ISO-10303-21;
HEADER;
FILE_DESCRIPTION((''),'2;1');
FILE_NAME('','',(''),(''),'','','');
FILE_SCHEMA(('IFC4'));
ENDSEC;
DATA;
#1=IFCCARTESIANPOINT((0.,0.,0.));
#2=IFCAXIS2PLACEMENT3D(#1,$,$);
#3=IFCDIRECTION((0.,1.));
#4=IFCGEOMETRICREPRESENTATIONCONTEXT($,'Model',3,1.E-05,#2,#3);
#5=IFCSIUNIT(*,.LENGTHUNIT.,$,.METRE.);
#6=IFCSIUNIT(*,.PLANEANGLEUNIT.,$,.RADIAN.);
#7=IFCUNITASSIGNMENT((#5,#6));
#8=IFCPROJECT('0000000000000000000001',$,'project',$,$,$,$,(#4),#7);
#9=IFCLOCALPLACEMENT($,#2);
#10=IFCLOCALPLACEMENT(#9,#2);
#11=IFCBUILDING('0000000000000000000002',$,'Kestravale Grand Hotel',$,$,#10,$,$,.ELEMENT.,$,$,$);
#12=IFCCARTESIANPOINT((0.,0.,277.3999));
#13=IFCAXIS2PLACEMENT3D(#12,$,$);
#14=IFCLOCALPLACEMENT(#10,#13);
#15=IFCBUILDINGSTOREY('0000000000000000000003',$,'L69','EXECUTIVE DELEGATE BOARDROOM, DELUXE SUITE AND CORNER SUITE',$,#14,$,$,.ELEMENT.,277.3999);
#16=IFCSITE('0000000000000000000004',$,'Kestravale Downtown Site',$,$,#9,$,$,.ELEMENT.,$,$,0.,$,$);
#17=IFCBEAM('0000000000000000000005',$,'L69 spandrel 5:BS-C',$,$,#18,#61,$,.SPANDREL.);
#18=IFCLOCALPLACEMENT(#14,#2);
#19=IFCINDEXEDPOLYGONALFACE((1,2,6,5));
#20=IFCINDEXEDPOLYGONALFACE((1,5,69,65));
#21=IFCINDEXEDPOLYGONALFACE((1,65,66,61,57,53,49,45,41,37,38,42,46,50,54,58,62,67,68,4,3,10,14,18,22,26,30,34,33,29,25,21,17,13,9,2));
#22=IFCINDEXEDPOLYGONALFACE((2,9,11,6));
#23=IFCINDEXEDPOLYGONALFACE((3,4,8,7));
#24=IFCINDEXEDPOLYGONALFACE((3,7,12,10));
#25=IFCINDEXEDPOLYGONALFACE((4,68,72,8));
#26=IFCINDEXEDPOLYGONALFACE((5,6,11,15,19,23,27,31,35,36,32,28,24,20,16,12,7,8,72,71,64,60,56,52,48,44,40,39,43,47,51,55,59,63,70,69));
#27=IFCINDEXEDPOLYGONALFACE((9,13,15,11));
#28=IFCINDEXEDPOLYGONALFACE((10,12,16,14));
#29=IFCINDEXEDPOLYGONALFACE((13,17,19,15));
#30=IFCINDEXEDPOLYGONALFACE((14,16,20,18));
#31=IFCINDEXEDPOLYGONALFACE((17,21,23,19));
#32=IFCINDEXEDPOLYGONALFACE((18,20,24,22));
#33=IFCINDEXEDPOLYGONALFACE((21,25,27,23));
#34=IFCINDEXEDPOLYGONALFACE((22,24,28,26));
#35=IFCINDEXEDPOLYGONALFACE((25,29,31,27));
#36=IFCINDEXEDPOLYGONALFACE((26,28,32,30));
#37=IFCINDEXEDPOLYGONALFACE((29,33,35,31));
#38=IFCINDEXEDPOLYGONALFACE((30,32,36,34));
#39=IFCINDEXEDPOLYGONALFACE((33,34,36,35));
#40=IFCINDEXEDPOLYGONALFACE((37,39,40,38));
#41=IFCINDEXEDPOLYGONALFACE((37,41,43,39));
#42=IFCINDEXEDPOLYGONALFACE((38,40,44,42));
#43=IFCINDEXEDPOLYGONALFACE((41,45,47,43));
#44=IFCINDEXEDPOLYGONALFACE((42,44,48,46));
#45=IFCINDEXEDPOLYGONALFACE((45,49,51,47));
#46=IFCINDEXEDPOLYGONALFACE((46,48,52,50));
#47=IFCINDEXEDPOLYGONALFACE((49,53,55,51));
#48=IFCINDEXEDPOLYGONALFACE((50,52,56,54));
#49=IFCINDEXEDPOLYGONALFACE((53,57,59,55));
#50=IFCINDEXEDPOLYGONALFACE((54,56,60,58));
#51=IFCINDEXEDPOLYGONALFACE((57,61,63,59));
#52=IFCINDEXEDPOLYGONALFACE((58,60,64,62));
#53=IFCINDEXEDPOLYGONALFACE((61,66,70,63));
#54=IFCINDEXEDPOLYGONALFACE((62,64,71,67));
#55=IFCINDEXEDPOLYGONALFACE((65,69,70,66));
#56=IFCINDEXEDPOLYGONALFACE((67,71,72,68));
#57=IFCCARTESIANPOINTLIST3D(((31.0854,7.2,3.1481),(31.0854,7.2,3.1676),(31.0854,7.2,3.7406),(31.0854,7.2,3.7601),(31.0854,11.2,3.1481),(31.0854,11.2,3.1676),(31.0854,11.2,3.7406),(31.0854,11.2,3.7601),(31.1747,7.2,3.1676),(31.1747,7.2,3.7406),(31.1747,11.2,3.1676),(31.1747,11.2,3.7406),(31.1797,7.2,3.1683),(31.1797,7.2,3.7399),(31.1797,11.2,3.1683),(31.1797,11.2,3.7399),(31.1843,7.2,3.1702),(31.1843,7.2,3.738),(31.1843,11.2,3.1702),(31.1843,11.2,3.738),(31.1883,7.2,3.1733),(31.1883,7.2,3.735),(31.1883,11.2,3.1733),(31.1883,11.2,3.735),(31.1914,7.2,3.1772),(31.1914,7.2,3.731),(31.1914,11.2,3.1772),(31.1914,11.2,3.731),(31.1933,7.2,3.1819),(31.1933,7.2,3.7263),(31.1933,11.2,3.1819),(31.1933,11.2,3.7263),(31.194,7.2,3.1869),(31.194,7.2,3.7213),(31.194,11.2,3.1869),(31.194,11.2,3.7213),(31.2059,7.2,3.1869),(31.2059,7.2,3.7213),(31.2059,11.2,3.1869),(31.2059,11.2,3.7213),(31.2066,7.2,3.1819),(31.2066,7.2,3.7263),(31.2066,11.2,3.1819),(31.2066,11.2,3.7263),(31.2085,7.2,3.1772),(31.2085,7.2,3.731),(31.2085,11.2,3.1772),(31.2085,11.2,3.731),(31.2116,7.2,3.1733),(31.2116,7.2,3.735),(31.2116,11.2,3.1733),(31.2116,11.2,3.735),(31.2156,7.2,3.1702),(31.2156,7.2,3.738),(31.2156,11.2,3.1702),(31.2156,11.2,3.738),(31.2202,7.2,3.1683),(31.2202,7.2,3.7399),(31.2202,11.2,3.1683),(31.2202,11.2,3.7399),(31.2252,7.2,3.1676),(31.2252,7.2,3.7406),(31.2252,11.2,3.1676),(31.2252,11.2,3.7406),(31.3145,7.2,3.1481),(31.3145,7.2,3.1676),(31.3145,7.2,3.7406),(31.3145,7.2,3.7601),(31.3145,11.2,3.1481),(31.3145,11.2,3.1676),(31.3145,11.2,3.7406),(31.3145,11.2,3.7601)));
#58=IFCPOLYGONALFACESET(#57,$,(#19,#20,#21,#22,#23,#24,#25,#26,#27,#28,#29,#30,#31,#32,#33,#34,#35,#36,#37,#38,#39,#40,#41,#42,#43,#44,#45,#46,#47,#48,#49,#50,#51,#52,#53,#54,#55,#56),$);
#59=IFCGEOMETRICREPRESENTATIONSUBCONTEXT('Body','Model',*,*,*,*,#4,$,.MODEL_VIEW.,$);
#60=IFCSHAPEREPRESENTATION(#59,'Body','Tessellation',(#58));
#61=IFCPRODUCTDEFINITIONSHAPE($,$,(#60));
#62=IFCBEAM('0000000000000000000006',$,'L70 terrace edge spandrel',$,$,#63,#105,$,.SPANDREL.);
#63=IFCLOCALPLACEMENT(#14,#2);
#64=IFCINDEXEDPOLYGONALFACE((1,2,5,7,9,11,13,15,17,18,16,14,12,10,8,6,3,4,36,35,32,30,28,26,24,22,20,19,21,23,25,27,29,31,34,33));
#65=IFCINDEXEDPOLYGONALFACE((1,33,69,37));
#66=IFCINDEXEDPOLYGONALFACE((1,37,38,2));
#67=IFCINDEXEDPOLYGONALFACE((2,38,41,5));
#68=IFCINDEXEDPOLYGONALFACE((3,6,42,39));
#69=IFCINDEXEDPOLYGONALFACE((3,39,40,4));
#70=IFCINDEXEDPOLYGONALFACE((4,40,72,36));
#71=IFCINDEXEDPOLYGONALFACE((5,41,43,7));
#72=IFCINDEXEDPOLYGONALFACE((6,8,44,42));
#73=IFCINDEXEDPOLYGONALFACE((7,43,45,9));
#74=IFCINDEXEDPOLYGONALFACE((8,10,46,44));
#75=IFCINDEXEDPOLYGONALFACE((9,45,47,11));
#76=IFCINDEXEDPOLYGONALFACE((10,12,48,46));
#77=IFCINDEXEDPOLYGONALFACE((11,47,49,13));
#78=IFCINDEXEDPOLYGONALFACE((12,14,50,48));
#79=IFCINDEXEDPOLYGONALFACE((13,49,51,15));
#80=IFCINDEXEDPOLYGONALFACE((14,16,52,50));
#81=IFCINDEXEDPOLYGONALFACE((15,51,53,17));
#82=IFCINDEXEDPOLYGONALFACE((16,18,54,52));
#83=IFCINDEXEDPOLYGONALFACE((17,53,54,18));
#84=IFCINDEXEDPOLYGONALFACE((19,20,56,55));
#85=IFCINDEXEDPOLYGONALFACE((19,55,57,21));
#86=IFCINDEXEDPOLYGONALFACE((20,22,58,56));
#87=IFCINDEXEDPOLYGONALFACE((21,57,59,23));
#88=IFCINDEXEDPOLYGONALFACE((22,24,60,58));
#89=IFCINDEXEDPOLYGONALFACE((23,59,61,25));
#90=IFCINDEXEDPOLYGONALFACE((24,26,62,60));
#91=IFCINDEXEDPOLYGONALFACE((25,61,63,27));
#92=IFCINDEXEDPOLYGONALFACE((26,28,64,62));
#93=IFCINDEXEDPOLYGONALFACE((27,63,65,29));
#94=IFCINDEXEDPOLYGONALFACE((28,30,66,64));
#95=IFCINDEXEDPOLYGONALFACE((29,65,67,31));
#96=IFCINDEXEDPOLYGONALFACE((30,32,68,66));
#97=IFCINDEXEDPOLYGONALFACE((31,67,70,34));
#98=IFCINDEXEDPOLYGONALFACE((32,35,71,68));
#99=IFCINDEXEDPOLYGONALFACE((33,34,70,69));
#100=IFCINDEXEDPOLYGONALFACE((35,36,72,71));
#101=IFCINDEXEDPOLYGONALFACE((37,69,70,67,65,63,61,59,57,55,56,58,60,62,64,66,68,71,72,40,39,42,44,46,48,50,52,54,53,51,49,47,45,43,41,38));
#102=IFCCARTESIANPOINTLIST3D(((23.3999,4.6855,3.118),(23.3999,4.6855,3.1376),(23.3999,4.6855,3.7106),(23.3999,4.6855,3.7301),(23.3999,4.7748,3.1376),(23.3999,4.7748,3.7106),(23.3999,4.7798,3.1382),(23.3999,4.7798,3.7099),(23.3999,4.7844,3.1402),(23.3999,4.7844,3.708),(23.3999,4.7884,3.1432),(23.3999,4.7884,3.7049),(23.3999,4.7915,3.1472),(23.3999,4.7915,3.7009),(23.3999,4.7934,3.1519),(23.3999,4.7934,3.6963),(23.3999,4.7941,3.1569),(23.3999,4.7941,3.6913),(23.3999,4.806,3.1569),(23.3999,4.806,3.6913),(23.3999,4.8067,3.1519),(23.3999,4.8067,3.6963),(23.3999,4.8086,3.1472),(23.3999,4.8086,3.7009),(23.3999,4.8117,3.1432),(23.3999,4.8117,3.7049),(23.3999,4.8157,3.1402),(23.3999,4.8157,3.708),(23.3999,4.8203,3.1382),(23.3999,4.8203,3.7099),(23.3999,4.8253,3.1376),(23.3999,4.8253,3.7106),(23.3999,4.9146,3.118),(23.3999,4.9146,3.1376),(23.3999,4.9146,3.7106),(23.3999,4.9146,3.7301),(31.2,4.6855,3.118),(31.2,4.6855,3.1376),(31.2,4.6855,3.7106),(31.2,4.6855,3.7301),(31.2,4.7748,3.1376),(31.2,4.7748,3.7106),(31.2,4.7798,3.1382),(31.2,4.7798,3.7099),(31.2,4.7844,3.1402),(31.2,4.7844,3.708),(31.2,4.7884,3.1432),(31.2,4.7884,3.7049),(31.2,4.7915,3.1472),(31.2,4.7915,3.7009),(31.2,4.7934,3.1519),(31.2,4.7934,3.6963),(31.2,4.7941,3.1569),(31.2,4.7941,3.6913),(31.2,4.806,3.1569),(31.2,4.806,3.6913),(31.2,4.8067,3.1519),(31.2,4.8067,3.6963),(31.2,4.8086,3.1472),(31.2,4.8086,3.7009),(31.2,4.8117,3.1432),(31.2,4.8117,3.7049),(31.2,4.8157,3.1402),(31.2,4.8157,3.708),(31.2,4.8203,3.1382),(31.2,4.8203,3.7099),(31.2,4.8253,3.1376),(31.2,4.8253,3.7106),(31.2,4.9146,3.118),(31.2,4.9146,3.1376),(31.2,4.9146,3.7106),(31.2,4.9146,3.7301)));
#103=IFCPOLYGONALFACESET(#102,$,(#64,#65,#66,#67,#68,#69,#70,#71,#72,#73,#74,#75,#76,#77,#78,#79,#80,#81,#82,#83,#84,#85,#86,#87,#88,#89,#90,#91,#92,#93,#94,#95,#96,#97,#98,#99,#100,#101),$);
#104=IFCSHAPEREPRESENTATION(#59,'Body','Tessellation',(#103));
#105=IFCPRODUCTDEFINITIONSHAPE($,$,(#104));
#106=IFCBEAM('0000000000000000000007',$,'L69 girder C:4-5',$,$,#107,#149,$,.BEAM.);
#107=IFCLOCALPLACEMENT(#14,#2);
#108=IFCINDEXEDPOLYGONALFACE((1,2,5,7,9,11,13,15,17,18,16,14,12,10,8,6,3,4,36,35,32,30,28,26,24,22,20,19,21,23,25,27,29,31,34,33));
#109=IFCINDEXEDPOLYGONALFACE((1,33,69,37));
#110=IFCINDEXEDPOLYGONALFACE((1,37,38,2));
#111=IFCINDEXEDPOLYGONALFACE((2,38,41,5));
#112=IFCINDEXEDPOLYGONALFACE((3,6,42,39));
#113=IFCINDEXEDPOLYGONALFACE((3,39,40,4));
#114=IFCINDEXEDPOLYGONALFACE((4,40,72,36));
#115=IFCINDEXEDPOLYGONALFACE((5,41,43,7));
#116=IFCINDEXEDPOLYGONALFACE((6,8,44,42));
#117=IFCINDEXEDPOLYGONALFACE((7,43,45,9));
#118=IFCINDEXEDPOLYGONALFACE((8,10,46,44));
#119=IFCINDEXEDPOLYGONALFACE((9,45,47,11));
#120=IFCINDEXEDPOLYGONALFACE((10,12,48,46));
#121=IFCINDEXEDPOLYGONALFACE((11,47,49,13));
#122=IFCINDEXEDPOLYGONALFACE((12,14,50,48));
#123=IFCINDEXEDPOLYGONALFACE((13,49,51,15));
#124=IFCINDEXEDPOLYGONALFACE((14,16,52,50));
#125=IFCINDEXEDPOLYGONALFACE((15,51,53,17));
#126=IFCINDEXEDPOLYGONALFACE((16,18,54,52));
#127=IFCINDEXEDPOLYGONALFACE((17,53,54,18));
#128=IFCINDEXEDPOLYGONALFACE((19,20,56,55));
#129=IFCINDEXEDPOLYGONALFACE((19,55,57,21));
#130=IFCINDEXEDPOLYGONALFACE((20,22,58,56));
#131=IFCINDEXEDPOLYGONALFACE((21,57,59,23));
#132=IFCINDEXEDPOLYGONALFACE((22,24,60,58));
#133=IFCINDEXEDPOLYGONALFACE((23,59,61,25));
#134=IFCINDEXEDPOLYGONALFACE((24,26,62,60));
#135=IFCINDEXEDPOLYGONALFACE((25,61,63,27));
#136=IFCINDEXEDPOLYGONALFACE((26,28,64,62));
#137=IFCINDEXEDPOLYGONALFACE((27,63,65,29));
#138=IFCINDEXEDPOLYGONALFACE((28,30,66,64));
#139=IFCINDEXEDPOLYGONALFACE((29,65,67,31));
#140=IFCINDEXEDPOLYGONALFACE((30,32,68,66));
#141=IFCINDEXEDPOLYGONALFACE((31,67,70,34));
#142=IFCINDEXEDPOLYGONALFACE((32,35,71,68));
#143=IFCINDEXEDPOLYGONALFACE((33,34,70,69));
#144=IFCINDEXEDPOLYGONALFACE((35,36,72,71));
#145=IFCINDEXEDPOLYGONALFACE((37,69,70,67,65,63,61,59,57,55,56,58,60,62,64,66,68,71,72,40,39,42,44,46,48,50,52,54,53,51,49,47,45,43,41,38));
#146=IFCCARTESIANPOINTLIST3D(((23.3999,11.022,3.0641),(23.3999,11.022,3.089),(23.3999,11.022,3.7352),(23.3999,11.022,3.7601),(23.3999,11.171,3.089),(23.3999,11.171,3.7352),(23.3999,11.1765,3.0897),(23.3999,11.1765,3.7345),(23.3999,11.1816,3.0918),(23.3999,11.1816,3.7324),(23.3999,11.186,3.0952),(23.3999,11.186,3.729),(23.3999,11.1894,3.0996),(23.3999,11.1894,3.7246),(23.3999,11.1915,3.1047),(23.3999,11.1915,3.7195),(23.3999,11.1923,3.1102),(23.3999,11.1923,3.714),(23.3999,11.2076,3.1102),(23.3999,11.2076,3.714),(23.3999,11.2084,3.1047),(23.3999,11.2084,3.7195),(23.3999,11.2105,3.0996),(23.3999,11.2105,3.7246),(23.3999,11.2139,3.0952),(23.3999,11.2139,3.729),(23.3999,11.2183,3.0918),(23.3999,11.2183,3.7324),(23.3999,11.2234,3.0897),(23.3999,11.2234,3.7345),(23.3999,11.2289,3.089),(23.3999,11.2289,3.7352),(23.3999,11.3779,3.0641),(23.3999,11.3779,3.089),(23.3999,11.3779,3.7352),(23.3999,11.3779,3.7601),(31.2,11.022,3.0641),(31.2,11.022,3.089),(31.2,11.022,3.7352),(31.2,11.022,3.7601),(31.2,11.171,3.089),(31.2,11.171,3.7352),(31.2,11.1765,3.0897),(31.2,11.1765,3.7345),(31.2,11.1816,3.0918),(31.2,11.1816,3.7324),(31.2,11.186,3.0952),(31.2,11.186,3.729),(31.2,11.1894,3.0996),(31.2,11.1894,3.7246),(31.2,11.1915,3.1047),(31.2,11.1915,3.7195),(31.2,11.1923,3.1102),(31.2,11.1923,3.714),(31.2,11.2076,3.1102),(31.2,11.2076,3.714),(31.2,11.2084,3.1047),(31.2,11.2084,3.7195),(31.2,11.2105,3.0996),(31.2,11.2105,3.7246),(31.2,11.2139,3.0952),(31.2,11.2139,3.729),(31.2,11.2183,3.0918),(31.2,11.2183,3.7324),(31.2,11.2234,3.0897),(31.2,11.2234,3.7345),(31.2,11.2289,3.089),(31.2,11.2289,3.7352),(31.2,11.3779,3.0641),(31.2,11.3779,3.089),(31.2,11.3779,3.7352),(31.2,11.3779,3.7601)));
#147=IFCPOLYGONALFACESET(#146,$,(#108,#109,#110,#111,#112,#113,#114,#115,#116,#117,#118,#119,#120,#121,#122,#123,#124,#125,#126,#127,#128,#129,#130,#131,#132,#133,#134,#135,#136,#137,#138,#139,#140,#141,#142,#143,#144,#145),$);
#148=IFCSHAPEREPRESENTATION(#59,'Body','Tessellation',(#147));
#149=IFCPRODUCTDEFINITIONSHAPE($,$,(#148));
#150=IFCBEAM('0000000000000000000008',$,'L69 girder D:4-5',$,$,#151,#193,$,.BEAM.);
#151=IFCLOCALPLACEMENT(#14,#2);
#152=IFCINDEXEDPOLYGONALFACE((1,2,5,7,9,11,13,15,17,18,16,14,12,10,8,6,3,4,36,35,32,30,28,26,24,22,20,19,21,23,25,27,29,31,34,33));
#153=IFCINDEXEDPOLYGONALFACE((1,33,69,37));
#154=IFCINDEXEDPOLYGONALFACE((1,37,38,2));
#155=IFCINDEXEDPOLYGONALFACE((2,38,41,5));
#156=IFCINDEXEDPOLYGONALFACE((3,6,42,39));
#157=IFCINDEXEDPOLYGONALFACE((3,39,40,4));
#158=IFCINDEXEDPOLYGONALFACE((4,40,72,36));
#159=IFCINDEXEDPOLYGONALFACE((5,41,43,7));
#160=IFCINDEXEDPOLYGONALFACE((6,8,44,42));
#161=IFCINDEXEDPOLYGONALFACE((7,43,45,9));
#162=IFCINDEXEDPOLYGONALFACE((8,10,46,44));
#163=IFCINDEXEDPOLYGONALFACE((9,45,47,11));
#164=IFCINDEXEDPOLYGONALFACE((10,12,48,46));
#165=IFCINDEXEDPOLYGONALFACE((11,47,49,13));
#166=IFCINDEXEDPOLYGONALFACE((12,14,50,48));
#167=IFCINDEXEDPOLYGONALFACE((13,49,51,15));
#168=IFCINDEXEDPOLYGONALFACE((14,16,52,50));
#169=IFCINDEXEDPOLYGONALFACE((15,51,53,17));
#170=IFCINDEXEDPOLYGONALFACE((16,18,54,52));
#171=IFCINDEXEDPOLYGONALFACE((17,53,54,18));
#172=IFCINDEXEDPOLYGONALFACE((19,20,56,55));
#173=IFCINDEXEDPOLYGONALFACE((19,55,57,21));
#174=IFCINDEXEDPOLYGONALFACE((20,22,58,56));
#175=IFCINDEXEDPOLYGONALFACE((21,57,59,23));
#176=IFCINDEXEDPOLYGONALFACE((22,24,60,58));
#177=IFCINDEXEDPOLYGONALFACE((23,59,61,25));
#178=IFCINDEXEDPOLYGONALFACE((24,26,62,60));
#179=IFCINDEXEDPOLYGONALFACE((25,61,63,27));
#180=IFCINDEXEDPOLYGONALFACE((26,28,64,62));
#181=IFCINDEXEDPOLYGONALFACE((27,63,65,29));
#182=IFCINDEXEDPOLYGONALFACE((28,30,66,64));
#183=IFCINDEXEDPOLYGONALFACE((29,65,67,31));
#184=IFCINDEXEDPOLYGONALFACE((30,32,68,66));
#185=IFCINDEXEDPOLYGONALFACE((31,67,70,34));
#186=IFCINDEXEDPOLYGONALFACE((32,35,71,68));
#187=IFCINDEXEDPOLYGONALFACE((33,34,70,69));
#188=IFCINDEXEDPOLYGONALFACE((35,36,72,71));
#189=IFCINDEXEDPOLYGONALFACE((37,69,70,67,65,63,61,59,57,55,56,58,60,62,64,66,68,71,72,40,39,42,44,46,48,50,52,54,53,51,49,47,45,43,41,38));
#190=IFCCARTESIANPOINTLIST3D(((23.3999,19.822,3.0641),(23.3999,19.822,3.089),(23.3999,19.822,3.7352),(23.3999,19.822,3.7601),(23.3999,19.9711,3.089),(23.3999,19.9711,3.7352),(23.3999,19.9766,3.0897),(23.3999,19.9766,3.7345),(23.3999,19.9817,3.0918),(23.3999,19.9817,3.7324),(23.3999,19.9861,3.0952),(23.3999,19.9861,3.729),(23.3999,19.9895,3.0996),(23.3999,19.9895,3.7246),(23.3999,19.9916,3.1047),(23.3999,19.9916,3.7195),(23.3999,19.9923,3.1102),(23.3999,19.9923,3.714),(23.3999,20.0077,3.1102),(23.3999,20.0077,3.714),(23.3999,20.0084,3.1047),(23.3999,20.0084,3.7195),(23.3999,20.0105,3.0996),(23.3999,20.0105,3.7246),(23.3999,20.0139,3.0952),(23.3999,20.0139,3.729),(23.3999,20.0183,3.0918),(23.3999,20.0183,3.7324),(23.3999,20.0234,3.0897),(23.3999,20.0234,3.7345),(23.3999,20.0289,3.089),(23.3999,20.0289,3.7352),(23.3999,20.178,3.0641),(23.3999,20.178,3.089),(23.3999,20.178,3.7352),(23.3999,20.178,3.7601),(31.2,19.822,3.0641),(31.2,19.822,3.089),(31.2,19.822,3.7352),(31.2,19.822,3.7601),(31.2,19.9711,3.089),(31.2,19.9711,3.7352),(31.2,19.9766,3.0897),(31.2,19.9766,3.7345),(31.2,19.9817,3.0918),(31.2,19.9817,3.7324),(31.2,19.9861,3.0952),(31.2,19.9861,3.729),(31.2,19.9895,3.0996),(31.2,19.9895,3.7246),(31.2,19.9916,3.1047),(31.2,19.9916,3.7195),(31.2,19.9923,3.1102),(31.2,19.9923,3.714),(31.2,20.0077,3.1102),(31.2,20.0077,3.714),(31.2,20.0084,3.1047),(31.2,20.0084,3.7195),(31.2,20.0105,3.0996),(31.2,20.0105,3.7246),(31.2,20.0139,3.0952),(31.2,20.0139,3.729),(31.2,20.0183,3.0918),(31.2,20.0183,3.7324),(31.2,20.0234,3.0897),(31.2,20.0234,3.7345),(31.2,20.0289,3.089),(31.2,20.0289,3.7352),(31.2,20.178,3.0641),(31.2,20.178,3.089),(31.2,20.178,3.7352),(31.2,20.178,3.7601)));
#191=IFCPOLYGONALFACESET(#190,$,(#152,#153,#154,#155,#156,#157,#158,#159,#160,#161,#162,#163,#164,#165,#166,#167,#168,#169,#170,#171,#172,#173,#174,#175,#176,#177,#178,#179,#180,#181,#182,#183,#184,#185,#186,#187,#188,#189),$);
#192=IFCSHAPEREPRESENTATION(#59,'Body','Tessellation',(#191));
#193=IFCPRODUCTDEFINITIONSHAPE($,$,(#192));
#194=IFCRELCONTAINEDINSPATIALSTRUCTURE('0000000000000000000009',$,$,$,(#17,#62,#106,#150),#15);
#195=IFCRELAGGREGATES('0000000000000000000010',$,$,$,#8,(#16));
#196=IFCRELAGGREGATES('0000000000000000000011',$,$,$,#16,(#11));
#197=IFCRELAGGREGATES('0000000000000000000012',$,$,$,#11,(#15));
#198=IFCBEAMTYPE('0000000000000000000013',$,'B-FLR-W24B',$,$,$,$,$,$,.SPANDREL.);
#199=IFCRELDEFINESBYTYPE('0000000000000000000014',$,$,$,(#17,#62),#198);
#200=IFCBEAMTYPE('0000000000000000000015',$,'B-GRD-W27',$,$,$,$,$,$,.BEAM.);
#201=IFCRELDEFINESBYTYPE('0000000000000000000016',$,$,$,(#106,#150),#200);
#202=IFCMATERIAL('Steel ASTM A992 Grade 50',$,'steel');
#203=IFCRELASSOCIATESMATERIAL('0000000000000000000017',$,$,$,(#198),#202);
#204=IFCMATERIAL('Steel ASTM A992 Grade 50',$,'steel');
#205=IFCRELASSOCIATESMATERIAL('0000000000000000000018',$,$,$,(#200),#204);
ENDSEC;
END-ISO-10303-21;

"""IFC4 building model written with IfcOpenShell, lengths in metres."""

from ifc_helpers import new_model, si_unit, direction, frame, origin, origin_2d, place, context, subcontext, project, spatial, i_section, extrude, material, material_profile, profile_set, type_object, element, save


model = new_model("IFC4")

# Units and contexts
model_context = context("Model", 3, precision=1e-05, world=origin(), true_north=direction((0.0, 1.0)))
body_context = subcontext(model_context, "Body", "Model", "MODEL_VIEW")
ifc_project = project(units=[si_unit("LENGTHUNIT", "METRE"), si_unit("PLANEANGLEUNIT", "RADIAN")], contexts=[model_context])

# Site, building, storey
site_placement = place(None, origin())
site = spatial("IfcSite", under=ifc_project, at=site_placement, Name="Kestravale Downtown Site", CompositionType="ELEMENT", RefElevation=0.0)
building_placement = place(site_placement, origin())
building = spatial("IfcBuilding", under=site, at=building_placement, Name="Kestravale Grand Hotel", CompositionType="ELEMENT")
storey_placement = place(building_placement, frame((0.0, 0.0, 277.3999)))
storey = spatial("IfcBuildingStorey", under=building, at=storey_placement, Name="L69", Description="EXECUTIVE DELEGATE BOARDROOM, DELUXE SUITE AND CORNER SUITE", CompositionType="ELEMENT", Elevation=277.3999)

# Beams
ifc_material_1 = material(Name="Steel ASTM A992 Grade 50", Category="steel")
ifc_material_profile_1 = material_profile(ifc_material_1, i_section(OverallWidth=0.229, OverallDepth=0.6121, WebThickness=0.012, FlangeThickness=0.0195, FilletRadius=0.0193, at=origin_2d()))
ifc_profile_set_1 = profile_set([ifc_material_profile_1], Name="Steel ASTM A992 Grade 50")
beam_type_1 = type_object("IfcBeamType", Name="B-FLR-W24B", PredefinedType="SPANDREL", material=ifc_profile_set_1)
for number, where, z_axis, x_axis, name in (
    (1, (31.2, 7.2, 3.4541), (0.0, 1.0, 0.0), (-1.0, 0.0, 0.0), "L69 spandrel 5:BS-C"),
):
    element("IfcBeam", number, at=place(storey_placement, frame(where, z_axis=z_axis, x_axis=x_axis)), inside=storey, type_object=beam_type_1, Name=name, PredefinedType="SPANDREL", context=body_context, shape_type="SweptSolid", body=[
        extrude(i_section(OverallWidth=0.229, OverallDepth=0.6121, WebThickness=0.012, FlangeThickness=0.0195, FilletRadius=0.0193, at=origin_2d()), origin(), (0.0, 0.0, 1.0), 4.0),
    ])
beam_1_placement = place(storey_placement, frame((23.3999, 4.8, 3.4241), z_axis=(1.0, 0.0, 0.0), x_axis=(0.0, 1.0, 0.0)))
element("IfcBeam", 2, at=beam_1_placement, inside=storey, type_object=beam_type_1, Name="L70 terrace edge spandrel", PredefinedType="SPANDREL", context=body_context, shape_type="SweptSolid", body=[
    extrude(i_section(OverallWidth=0.229, OverallDepth=0.6121, WebThickness=0.012, FlangeThickness=0.0195, FilletRadius=0.0193, at=origin_2d()), origin(), (0.0, 0.0, 1.0), 7.8),
])
ifc_material_2 = material(Name="Steel ASTM A992 Grade 50", Category="steel")
ifc_material_profile_2 = material_profile(ifc_material_2, i_section(OverallWidth=0.356, OverallDepth=0.696, WebThickness=0.0154, FlangeThickness=0.0249, FilletRadius=0.0212, at=origin_2d()))
ifc_profile_set_2 = profile_set([ifc_material_profile_2], Name="Steel ASTM A992 Grade 50")
beam_type_2 = type_object("IfcBeamType", Name="B-GRD-W27", PredefinedType="BEAM", material=ifc_profile_set_2)
for number, where, z_axis, x_axis, name in (
    (3, (23.3999, 11.2, 3.4121), (1.0, 0.0, 0.0), (0.0, 1.0, 0.0), "L69 girder C:4-5"),
    (4, (23.3999, 20.0, 3.4121), (1.0, 0.0, 0.0), (0.0, 1.0, 0.0), "L69 girder D:4-5"),
):
    element("IfcBeam", number, at=place(storey_placement, frame(where, z_axis=z_axis, x_axis=x_axis)), inside=storey, type_object=beam_type_2, Name=name, PredefinedType="BEAM", context=body_context, shape_type="SweptSolid", body=[
        extrude(i_section(OverallWidth=0.356, OverallDepth=0.696, WebThickness=0.0154, FlangeThickness=0.0249, FilletRadius=0.0212, at=origin_2d()), origin(), (0.0, 0.0, 1.0), 7.8),
    ])

save(model, "model.ifc")
